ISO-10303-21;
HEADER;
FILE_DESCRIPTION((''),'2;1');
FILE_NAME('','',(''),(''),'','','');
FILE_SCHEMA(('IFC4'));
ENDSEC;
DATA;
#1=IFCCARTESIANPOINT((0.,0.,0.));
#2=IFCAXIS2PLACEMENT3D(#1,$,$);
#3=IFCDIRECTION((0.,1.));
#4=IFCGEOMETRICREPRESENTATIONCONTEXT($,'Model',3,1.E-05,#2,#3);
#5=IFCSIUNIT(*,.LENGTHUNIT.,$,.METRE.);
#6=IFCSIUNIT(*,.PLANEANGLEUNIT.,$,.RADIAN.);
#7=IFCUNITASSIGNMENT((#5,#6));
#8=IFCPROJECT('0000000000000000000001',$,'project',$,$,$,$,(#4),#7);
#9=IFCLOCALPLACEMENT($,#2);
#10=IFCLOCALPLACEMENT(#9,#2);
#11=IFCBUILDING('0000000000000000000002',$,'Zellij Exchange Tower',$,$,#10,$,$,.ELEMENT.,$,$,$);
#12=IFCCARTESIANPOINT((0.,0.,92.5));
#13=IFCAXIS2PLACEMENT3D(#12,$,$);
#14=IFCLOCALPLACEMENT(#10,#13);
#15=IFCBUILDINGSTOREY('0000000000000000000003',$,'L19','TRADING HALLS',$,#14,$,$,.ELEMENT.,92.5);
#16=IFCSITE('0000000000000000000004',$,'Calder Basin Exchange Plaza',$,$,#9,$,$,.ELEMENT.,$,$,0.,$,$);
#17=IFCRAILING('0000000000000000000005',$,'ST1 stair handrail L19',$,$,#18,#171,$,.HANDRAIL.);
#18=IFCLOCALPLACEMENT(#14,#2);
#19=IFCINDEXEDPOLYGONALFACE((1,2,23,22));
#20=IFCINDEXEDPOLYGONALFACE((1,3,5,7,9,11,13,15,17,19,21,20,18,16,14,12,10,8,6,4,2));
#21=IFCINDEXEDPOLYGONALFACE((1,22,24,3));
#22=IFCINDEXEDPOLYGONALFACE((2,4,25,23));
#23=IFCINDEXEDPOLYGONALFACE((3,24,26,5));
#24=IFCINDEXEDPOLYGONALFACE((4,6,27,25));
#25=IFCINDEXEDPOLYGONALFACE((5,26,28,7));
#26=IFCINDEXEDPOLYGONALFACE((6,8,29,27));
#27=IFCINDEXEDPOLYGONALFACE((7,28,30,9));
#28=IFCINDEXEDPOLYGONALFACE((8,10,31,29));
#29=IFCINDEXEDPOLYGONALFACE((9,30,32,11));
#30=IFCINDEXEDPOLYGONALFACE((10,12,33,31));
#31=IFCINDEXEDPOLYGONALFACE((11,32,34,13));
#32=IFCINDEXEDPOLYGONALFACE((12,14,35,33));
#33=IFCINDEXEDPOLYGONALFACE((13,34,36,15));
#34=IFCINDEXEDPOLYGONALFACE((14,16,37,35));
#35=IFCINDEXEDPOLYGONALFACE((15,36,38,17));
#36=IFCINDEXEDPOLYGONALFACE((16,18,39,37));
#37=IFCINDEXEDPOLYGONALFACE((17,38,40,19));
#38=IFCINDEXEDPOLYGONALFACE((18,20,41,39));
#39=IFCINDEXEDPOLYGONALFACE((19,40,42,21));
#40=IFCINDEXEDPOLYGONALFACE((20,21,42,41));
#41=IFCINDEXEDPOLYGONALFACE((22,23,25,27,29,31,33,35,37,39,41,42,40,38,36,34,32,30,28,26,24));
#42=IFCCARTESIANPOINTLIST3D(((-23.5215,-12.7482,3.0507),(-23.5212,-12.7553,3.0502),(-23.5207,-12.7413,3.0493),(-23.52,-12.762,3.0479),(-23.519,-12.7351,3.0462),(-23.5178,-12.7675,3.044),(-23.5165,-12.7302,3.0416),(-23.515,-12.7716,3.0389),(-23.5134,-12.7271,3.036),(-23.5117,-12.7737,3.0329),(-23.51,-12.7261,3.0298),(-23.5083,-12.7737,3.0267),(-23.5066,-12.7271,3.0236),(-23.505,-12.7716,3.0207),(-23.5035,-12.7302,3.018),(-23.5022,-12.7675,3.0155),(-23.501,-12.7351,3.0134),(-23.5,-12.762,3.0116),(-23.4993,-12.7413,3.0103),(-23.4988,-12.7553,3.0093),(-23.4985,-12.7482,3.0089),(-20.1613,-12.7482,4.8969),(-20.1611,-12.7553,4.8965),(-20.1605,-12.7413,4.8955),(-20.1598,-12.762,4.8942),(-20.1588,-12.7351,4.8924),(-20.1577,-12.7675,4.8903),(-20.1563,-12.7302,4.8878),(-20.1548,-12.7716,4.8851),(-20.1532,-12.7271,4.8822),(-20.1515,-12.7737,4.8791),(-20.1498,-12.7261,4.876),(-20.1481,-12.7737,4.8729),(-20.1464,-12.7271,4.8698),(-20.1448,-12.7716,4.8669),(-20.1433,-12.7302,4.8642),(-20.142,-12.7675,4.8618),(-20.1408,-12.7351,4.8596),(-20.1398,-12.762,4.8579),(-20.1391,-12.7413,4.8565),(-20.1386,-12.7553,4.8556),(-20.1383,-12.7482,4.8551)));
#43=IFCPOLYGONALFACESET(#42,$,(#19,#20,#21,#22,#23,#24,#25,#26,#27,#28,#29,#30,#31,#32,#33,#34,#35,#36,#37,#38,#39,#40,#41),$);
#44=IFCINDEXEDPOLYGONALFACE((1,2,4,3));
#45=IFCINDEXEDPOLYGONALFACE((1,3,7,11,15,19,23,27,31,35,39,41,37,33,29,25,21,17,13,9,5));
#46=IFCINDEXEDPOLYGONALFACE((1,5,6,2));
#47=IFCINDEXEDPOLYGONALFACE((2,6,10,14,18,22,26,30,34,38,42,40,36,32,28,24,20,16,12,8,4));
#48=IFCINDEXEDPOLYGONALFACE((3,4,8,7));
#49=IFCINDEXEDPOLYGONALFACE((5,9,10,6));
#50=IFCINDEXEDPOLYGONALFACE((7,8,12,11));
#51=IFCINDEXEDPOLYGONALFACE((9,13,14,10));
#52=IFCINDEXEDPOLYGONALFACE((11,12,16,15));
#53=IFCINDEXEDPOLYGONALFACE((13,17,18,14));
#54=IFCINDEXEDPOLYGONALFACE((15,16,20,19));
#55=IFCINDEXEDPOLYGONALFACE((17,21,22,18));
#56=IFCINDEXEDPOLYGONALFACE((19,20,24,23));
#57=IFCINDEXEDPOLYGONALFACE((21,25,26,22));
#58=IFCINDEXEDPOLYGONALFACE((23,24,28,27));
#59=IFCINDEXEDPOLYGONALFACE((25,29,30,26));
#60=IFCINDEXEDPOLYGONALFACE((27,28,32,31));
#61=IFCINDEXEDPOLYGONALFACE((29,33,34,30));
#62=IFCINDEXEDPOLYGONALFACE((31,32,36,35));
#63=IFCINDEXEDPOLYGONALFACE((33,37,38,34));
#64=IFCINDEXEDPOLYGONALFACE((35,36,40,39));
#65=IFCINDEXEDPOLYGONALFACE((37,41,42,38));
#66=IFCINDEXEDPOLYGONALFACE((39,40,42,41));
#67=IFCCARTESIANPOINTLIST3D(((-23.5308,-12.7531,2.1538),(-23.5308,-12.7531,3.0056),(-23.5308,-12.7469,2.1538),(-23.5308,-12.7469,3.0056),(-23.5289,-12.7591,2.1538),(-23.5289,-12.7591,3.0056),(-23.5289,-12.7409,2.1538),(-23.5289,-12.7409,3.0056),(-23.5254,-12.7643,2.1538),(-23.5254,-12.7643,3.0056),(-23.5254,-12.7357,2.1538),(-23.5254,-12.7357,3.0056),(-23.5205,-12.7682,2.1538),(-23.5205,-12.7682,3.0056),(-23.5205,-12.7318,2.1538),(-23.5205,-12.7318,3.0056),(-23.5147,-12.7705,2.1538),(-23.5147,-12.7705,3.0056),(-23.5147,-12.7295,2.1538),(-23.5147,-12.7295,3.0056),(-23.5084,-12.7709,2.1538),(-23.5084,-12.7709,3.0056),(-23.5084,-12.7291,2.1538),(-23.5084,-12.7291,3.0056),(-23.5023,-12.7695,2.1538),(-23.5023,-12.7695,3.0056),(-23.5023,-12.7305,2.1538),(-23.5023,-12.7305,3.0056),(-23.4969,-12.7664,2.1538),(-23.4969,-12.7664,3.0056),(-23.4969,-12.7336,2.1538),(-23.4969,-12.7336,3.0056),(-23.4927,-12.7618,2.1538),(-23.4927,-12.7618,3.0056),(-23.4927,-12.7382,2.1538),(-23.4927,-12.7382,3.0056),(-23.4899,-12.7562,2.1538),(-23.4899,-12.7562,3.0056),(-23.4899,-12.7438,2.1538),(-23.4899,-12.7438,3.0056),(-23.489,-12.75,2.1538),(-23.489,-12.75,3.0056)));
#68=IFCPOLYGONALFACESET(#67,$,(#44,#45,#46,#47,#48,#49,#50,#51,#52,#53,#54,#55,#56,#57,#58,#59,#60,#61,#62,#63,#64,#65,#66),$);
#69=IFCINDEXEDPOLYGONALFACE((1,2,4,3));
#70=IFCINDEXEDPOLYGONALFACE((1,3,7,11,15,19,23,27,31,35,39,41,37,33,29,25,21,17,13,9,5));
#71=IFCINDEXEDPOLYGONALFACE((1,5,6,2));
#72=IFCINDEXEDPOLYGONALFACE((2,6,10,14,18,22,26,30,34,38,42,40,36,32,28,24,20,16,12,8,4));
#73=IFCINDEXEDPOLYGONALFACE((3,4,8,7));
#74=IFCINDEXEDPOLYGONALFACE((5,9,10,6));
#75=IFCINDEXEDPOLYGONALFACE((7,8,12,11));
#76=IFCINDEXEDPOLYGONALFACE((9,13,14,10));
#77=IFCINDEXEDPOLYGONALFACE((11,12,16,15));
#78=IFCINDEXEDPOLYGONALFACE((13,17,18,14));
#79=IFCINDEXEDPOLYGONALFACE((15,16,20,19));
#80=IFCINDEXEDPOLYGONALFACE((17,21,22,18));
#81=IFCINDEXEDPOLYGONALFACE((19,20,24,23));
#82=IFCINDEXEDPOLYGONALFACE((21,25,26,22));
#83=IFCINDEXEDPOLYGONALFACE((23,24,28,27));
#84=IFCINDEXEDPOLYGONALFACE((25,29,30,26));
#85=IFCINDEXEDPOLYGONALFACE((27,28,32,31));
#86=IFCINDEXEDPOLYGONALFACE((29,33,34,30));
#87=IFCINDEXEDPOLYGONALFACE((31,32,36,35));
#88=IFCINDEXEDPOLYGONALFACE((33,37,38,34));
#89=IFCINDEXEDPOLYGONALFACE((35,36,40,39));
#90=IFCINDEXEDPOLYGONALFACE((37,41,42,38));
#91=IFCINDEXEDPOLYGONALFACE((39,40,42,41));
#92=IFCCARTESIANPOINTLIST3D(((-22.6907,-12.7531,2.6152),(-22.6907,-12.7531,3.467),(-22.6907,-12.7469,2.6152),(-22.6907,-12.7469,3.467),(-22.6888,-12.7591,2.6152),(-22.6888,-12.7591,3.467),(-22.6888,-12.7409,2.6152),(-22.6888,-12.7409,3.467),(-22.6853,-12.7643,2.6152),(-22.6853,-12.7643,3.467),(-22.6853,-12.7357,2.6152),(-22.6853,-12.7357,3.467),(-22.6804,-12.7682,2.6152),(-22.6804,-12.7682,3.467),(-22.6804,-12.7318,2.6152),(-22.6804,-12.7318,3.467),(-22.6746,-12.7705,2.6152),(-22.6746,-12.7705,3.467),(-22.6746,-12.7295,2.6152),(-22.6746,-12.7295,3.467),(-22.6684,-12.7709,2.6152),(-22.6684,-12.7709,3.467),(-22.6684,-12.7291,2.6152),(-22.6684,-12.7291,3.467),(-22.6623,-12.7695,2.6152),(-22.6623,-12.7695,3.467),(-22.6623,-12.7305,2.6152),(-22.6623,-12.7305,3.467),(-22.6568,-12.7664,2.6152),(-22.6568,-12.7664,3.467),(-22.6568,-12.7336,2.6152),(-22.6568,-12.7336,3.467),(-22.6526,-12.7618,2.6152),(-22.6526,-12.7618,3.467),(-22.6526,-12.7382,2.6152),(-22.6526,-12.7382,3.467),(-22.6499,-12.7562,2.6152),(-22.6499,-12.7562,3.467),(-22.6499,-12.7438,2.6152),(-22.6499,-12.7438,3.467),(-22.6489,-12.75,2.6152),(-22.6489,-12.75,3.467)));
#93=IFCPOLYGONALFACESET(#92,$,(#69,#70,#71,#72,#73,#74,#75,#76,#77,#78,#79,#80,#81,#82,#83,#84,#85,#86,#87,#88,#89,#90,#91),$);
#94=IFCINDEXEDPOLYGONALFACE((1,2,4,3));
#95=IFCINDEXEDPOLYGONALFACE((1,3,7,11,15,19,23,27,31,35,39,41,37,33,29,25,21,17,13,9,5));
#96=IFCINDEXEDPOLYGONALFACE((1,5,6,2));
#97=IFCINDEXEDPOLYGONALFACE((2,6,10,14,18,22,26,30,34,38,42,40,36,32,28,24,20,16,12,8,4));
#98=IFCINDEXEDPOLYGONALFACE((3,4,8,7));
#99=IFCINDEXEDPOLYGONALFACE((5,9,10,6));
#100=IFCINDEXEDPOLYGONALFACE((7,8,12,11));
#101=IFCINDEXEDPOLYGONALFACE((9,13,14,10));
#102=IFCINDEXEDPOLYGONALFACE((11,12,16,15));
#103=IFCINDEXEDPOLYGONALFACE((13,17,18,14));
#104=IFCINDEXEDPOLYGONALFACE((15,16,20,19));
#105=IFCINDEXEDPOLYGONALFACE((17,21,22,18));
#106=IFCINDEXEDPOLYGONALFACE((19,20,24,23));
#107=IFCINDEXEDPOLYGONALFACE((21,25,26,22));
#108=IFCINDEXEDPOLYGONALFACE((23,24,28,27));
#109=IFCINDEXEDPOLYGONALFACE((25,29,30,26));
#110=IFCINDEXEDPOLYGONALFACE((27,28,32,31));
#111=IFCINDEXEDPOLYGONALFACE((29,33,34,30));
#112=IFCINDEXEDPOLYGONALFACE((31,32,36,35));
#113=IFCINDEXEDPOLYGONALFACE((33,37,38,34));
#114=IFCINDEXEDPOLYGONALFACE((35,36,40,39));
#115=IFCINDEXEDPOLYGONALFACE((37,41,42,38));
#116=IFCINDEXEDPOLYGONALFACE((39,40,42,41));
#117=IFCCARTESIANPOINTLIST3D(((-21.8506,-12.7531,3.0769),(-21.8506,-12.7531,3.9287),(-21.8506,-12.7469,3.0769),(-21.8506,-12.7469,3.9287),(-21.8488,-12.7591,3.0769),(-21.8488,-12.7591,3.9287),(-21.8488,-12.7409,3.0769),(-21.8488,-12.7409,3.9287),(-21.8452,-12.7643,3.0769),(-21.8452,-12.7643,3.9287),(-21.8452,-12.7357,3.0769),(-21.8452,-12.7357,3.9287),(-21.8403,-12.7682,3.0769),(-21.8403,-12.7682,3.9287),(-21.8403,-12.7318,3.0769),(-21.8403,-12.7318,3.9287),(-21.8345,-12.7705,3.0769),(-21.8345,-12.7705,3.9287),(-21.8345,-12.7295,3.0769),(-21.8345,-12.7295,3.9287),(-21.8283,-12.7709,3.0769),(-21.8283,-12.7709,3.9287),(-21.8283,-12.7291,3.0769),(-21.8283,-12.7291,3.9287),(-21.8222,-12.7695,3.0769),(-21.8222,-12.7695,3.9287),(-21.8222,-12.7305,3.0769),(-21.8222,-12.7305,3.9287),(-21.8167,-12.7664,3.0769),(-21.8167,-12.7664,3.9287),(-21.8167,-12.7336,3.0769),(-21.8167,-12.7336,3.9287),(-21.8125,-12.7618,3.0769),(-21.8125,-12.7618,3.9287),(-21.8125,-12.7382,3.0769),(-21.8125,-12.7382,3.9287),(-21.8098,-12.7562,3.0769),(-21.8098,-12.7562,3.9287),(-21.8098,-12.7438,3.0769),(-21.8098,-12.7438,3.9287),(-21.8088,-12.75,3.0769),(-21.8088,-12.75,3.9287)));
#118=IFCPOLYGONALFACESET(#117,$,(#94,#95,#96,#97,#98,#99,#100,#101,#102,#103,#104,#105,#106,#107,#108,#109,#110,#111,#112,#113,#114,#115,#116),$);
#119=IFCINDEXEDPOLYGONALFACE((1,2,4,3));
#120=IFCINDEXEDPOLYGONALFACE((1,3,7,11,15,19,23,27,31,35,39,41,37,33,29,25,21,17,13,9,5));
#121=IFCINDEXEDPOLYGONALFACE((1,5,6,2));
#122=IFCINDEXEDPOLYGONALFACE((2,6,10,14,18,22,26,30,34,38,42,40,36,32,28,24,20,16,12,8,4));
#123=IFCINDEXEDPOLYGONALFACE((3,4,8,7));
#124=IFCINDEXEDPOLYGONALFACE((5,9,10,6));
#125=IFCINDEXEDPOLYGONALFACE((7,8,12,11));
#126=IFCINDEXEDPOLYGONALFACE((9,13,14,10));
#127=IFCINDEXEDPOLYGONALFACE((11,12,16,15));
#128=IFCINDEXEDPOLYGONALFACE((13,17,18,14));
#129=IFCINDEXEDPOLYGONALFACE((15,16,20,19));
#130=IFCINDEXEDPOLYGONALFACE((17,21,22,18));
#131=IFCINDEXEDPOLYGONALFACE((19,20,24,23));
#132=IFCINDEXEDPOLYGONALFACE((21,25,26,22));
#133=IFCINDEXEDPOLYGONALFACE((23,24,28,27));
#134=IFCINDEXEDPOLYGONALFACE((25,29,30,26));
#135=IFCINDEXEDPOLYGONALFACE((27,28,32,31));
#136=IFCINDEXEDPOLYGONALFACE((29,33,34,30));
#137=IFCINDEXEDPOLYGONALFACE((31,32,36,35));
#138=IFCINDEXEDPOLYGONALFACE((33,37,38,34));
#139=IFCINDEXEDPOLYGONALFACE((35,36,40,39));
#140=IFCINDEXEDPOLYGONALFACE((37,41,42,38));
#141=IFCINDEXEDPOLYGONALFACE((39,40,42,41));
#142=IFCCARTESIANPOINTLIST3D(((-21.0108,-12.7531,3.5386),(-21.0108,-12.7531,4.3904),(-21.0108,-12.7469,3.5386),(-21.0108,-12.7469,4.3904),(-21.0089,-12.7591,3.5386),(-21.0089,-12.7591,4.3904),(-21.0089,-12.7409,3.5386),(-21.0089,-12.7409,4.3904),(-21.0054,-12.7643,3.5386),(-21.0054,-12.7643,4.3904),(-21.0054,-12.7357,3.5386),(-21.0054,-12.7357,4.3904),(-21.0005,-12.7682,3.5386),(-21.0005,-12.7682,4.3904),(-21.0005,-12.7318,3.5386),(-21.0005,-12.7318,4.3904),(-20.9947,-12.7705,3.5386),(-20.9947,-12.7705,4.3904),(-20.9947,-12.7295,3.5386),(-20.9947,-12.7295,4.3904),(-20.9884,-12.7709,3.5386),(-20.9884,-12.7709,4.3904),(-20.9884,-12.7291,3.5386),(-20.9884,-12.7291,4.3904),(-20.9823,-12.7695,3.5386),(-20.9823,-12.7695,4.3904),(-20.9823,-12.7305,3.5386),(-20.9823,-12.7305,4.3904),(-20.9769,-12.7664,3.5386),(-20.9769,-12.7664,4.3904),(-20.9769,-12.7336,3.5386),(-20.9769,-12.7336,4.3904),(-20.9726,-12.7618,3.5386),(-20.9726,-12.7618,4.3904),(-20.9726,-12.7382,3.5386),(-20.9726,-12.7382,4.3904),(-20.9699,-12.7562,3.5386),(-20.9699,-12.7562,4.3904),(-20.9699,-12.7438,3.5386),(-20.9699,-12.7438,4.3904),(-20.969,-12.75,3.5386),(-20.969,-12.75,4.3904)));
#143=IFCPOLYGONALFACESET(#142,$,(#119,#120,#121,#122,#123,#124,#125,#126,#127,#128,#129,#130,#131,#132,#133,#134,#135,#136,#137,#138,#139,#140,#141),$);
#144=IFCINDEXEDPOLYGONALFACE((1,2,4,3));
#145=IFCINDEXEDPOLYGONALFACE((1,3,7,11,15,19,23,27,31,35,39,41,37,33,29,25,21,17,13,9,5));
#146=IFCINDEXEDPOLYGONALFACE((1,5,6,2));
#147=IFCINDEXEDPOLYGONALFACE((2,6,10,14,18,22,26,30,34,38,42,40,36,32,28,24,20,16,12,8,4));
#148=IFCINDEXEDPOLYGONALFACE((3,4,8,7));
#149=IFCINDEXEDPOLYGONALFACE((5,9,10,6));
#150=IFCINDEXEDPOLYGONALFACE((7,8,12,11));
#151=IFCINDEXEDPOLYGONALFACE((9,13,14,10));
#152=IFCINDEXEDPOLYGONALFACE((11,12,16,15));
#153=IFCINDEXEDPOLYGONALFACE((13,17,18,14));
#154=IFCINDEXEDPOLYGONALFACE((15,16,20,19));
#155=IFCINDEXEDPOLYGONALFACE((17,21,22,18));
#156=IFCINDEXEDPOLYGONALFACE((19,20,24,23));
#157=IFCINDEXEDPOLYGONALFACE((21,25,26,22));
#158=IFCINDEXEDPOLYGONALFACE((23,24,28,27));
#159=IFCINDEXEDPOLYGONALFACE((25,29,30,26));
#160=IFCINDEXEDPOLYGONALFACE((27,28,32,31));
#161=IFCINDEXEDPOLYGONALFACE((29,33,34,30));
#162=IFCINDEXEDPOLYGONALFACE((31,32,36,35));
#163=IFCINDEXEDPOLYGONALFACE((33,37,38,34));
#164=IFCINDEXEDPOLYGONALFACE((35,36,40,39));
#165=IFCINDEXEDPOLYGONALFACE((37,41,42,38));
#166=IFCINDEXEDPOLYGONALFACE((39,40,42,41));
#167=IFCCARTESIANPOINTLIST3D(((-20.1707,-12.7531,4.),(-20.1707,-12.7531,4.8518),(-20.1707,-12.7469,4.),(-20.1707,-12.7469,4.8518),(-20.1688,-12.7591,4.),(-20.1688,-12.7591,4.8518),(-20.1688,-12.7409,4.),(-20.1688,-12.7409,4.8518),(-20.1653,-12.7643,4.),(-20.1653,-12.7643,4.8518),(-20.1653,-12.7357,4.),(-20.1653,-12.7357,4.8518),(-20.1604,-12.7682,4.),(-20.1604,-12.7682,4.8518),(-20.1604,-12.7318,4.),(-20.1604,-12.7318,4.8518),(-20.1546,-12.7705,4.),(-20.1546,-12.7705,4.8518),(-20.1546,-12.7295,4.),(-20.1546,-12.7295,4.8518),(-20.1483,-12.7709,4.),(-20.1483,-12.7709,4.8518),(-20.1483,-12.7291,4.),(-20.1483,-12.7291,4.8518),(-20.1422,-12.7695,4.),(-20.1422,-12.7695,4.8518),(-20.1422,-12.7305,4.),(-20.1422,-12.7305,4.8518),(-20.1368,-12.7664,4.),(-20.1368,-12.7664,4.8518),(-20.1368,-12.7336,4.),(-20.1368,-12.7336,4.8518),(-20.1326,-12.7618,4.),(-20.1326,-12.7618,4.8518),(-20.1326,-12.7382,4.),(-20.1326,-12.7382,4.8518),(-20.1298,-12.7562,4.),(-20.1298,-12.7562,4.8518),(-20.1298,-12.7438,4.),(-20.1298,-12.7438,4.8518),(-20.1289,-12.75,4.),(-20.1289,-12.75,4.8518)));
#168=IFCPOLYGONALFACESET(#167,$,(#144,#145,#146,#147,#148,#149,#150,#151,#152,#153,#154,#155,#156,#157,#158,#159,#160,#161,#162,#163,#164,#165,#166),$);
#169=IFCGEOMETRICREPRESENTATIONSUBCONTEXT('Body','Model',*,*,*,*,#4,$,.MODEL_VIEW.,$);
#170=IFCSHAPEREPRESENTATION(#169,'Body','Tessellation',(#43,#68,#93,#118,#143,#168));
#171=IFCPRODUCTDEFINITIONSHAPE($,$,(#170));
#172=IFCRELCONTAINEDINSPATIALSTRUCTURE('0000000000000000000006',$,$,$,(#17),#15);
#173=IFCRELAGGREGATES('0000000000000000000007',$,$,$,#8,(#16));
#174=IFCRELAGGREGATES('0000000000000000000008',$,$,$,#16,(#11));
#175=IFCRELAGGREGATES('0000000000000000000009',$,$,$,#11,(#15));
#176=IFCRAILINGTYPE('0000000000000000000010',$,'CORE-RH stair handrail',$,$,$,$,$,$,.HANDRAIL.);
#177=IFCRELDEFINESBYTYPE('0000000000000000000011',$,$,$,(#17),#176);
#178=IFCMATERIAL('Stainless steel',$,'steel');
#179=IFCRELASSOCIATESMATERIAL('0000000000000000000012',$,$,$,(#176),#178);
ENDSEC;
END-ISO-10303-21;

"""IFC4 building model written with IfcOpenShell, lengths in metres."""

from ifc_helpers import new_model, si_unit, direction, frame, origin, origin_2d, place, context, subcontext, project, spatial, circle, extrude, material, type_object, element, save


model = new_model("IFC4")

# Units and contexts
model_context = context("Model", 3, precision=1e-05, world=origin(), true_north=direction((0.0, 1.0)))
body_context = subcontext(model_context, "Body", "Model", "MODEL_VIEW")
ifc_project = project(units=[si_unit("LENGTHUNIT", "METRE"), si_unit("PLANEANGLEUNIT", "RADIAN")], contexts=[model_context])

# Site, building, storey
site_placement = place(None, origin())
site = spatial("IfcSite", under=ifc_project, at=site_placement, Name="Calder Basin Exchange Plaza", CompositionType="ELEMENT", RefElevation=0.0)
building_placement = place(site_placement, origin())
building = spatial("IfcBuilding", under=site, at=building_placement, Name="Zellij Exchange Tower", CompositionType="ELEMENT")
storey_placement = place(building_placement, frame((0.0, 0.0, 92.5)))
storey = spatial("IfcBuildingStorey", under=building, at=storey_placement, Name="L19", Description="TRADING HALLS", CompositionType="ELEMENT", Elevation=92.5)

# Railing
ifc_material_1 = material(Name="Stainless steel", Category="steel")
railing_type = type_object("IfcRailingType", Name="CORE-RH stair handrail", PredefinedType="HANDRAIL", material=ifc_material_1)
railing_1_placement = place(storey_placement, frame((-23.51, -12.75, 2.1538)))
element("IfcRailing", 1, at=railing_1_placement, inside=storey, type_object=railing_type, Name="ST1 stair handrail L19", PredefinedType="HANDRAIL", context=body_context, shape_type="SweptSolid", body=[
    extrude(circle(Radius=0.0239, at=origin_2d()), frame((0.0, 0.0, 0.876), z_axis=(0.876422, 0.0, 0.481545), x_axis=(0.0, 1.0, 0.0)), (0.0, 0.0, 1.0), 3.834),
    extrude(circle(Radius=0.021, at=origin_2d()), origin(), (0.0, 0.0, 1.0), 0.8518),
    extrude(circle(Radius=0.021, at=origin_2d()), frame((0.8401, 0.0, 0.4614)), (0.0, 0.0, 1.0), 0.8518),
    extrude(circle(Radius=0.021, at=origin_2d()), frame((1.6802, 0.0, 0.9231)), (0.0, 0.0, 1.0), 0.8518),
    extrude(circle(Radius=0.021, at=origin_2d()), frame((2.52, 0.0, 1.3848)), (0.0, 0.0, 1.0), 0.8518),
    extrude(circle(Radius=0.021, at=origin_2d()), frame((3.3601, 0.0, 1.8462)), (0.0, 0.0, 1.0), 0.8518),
])

save(model, "model.ifc")
